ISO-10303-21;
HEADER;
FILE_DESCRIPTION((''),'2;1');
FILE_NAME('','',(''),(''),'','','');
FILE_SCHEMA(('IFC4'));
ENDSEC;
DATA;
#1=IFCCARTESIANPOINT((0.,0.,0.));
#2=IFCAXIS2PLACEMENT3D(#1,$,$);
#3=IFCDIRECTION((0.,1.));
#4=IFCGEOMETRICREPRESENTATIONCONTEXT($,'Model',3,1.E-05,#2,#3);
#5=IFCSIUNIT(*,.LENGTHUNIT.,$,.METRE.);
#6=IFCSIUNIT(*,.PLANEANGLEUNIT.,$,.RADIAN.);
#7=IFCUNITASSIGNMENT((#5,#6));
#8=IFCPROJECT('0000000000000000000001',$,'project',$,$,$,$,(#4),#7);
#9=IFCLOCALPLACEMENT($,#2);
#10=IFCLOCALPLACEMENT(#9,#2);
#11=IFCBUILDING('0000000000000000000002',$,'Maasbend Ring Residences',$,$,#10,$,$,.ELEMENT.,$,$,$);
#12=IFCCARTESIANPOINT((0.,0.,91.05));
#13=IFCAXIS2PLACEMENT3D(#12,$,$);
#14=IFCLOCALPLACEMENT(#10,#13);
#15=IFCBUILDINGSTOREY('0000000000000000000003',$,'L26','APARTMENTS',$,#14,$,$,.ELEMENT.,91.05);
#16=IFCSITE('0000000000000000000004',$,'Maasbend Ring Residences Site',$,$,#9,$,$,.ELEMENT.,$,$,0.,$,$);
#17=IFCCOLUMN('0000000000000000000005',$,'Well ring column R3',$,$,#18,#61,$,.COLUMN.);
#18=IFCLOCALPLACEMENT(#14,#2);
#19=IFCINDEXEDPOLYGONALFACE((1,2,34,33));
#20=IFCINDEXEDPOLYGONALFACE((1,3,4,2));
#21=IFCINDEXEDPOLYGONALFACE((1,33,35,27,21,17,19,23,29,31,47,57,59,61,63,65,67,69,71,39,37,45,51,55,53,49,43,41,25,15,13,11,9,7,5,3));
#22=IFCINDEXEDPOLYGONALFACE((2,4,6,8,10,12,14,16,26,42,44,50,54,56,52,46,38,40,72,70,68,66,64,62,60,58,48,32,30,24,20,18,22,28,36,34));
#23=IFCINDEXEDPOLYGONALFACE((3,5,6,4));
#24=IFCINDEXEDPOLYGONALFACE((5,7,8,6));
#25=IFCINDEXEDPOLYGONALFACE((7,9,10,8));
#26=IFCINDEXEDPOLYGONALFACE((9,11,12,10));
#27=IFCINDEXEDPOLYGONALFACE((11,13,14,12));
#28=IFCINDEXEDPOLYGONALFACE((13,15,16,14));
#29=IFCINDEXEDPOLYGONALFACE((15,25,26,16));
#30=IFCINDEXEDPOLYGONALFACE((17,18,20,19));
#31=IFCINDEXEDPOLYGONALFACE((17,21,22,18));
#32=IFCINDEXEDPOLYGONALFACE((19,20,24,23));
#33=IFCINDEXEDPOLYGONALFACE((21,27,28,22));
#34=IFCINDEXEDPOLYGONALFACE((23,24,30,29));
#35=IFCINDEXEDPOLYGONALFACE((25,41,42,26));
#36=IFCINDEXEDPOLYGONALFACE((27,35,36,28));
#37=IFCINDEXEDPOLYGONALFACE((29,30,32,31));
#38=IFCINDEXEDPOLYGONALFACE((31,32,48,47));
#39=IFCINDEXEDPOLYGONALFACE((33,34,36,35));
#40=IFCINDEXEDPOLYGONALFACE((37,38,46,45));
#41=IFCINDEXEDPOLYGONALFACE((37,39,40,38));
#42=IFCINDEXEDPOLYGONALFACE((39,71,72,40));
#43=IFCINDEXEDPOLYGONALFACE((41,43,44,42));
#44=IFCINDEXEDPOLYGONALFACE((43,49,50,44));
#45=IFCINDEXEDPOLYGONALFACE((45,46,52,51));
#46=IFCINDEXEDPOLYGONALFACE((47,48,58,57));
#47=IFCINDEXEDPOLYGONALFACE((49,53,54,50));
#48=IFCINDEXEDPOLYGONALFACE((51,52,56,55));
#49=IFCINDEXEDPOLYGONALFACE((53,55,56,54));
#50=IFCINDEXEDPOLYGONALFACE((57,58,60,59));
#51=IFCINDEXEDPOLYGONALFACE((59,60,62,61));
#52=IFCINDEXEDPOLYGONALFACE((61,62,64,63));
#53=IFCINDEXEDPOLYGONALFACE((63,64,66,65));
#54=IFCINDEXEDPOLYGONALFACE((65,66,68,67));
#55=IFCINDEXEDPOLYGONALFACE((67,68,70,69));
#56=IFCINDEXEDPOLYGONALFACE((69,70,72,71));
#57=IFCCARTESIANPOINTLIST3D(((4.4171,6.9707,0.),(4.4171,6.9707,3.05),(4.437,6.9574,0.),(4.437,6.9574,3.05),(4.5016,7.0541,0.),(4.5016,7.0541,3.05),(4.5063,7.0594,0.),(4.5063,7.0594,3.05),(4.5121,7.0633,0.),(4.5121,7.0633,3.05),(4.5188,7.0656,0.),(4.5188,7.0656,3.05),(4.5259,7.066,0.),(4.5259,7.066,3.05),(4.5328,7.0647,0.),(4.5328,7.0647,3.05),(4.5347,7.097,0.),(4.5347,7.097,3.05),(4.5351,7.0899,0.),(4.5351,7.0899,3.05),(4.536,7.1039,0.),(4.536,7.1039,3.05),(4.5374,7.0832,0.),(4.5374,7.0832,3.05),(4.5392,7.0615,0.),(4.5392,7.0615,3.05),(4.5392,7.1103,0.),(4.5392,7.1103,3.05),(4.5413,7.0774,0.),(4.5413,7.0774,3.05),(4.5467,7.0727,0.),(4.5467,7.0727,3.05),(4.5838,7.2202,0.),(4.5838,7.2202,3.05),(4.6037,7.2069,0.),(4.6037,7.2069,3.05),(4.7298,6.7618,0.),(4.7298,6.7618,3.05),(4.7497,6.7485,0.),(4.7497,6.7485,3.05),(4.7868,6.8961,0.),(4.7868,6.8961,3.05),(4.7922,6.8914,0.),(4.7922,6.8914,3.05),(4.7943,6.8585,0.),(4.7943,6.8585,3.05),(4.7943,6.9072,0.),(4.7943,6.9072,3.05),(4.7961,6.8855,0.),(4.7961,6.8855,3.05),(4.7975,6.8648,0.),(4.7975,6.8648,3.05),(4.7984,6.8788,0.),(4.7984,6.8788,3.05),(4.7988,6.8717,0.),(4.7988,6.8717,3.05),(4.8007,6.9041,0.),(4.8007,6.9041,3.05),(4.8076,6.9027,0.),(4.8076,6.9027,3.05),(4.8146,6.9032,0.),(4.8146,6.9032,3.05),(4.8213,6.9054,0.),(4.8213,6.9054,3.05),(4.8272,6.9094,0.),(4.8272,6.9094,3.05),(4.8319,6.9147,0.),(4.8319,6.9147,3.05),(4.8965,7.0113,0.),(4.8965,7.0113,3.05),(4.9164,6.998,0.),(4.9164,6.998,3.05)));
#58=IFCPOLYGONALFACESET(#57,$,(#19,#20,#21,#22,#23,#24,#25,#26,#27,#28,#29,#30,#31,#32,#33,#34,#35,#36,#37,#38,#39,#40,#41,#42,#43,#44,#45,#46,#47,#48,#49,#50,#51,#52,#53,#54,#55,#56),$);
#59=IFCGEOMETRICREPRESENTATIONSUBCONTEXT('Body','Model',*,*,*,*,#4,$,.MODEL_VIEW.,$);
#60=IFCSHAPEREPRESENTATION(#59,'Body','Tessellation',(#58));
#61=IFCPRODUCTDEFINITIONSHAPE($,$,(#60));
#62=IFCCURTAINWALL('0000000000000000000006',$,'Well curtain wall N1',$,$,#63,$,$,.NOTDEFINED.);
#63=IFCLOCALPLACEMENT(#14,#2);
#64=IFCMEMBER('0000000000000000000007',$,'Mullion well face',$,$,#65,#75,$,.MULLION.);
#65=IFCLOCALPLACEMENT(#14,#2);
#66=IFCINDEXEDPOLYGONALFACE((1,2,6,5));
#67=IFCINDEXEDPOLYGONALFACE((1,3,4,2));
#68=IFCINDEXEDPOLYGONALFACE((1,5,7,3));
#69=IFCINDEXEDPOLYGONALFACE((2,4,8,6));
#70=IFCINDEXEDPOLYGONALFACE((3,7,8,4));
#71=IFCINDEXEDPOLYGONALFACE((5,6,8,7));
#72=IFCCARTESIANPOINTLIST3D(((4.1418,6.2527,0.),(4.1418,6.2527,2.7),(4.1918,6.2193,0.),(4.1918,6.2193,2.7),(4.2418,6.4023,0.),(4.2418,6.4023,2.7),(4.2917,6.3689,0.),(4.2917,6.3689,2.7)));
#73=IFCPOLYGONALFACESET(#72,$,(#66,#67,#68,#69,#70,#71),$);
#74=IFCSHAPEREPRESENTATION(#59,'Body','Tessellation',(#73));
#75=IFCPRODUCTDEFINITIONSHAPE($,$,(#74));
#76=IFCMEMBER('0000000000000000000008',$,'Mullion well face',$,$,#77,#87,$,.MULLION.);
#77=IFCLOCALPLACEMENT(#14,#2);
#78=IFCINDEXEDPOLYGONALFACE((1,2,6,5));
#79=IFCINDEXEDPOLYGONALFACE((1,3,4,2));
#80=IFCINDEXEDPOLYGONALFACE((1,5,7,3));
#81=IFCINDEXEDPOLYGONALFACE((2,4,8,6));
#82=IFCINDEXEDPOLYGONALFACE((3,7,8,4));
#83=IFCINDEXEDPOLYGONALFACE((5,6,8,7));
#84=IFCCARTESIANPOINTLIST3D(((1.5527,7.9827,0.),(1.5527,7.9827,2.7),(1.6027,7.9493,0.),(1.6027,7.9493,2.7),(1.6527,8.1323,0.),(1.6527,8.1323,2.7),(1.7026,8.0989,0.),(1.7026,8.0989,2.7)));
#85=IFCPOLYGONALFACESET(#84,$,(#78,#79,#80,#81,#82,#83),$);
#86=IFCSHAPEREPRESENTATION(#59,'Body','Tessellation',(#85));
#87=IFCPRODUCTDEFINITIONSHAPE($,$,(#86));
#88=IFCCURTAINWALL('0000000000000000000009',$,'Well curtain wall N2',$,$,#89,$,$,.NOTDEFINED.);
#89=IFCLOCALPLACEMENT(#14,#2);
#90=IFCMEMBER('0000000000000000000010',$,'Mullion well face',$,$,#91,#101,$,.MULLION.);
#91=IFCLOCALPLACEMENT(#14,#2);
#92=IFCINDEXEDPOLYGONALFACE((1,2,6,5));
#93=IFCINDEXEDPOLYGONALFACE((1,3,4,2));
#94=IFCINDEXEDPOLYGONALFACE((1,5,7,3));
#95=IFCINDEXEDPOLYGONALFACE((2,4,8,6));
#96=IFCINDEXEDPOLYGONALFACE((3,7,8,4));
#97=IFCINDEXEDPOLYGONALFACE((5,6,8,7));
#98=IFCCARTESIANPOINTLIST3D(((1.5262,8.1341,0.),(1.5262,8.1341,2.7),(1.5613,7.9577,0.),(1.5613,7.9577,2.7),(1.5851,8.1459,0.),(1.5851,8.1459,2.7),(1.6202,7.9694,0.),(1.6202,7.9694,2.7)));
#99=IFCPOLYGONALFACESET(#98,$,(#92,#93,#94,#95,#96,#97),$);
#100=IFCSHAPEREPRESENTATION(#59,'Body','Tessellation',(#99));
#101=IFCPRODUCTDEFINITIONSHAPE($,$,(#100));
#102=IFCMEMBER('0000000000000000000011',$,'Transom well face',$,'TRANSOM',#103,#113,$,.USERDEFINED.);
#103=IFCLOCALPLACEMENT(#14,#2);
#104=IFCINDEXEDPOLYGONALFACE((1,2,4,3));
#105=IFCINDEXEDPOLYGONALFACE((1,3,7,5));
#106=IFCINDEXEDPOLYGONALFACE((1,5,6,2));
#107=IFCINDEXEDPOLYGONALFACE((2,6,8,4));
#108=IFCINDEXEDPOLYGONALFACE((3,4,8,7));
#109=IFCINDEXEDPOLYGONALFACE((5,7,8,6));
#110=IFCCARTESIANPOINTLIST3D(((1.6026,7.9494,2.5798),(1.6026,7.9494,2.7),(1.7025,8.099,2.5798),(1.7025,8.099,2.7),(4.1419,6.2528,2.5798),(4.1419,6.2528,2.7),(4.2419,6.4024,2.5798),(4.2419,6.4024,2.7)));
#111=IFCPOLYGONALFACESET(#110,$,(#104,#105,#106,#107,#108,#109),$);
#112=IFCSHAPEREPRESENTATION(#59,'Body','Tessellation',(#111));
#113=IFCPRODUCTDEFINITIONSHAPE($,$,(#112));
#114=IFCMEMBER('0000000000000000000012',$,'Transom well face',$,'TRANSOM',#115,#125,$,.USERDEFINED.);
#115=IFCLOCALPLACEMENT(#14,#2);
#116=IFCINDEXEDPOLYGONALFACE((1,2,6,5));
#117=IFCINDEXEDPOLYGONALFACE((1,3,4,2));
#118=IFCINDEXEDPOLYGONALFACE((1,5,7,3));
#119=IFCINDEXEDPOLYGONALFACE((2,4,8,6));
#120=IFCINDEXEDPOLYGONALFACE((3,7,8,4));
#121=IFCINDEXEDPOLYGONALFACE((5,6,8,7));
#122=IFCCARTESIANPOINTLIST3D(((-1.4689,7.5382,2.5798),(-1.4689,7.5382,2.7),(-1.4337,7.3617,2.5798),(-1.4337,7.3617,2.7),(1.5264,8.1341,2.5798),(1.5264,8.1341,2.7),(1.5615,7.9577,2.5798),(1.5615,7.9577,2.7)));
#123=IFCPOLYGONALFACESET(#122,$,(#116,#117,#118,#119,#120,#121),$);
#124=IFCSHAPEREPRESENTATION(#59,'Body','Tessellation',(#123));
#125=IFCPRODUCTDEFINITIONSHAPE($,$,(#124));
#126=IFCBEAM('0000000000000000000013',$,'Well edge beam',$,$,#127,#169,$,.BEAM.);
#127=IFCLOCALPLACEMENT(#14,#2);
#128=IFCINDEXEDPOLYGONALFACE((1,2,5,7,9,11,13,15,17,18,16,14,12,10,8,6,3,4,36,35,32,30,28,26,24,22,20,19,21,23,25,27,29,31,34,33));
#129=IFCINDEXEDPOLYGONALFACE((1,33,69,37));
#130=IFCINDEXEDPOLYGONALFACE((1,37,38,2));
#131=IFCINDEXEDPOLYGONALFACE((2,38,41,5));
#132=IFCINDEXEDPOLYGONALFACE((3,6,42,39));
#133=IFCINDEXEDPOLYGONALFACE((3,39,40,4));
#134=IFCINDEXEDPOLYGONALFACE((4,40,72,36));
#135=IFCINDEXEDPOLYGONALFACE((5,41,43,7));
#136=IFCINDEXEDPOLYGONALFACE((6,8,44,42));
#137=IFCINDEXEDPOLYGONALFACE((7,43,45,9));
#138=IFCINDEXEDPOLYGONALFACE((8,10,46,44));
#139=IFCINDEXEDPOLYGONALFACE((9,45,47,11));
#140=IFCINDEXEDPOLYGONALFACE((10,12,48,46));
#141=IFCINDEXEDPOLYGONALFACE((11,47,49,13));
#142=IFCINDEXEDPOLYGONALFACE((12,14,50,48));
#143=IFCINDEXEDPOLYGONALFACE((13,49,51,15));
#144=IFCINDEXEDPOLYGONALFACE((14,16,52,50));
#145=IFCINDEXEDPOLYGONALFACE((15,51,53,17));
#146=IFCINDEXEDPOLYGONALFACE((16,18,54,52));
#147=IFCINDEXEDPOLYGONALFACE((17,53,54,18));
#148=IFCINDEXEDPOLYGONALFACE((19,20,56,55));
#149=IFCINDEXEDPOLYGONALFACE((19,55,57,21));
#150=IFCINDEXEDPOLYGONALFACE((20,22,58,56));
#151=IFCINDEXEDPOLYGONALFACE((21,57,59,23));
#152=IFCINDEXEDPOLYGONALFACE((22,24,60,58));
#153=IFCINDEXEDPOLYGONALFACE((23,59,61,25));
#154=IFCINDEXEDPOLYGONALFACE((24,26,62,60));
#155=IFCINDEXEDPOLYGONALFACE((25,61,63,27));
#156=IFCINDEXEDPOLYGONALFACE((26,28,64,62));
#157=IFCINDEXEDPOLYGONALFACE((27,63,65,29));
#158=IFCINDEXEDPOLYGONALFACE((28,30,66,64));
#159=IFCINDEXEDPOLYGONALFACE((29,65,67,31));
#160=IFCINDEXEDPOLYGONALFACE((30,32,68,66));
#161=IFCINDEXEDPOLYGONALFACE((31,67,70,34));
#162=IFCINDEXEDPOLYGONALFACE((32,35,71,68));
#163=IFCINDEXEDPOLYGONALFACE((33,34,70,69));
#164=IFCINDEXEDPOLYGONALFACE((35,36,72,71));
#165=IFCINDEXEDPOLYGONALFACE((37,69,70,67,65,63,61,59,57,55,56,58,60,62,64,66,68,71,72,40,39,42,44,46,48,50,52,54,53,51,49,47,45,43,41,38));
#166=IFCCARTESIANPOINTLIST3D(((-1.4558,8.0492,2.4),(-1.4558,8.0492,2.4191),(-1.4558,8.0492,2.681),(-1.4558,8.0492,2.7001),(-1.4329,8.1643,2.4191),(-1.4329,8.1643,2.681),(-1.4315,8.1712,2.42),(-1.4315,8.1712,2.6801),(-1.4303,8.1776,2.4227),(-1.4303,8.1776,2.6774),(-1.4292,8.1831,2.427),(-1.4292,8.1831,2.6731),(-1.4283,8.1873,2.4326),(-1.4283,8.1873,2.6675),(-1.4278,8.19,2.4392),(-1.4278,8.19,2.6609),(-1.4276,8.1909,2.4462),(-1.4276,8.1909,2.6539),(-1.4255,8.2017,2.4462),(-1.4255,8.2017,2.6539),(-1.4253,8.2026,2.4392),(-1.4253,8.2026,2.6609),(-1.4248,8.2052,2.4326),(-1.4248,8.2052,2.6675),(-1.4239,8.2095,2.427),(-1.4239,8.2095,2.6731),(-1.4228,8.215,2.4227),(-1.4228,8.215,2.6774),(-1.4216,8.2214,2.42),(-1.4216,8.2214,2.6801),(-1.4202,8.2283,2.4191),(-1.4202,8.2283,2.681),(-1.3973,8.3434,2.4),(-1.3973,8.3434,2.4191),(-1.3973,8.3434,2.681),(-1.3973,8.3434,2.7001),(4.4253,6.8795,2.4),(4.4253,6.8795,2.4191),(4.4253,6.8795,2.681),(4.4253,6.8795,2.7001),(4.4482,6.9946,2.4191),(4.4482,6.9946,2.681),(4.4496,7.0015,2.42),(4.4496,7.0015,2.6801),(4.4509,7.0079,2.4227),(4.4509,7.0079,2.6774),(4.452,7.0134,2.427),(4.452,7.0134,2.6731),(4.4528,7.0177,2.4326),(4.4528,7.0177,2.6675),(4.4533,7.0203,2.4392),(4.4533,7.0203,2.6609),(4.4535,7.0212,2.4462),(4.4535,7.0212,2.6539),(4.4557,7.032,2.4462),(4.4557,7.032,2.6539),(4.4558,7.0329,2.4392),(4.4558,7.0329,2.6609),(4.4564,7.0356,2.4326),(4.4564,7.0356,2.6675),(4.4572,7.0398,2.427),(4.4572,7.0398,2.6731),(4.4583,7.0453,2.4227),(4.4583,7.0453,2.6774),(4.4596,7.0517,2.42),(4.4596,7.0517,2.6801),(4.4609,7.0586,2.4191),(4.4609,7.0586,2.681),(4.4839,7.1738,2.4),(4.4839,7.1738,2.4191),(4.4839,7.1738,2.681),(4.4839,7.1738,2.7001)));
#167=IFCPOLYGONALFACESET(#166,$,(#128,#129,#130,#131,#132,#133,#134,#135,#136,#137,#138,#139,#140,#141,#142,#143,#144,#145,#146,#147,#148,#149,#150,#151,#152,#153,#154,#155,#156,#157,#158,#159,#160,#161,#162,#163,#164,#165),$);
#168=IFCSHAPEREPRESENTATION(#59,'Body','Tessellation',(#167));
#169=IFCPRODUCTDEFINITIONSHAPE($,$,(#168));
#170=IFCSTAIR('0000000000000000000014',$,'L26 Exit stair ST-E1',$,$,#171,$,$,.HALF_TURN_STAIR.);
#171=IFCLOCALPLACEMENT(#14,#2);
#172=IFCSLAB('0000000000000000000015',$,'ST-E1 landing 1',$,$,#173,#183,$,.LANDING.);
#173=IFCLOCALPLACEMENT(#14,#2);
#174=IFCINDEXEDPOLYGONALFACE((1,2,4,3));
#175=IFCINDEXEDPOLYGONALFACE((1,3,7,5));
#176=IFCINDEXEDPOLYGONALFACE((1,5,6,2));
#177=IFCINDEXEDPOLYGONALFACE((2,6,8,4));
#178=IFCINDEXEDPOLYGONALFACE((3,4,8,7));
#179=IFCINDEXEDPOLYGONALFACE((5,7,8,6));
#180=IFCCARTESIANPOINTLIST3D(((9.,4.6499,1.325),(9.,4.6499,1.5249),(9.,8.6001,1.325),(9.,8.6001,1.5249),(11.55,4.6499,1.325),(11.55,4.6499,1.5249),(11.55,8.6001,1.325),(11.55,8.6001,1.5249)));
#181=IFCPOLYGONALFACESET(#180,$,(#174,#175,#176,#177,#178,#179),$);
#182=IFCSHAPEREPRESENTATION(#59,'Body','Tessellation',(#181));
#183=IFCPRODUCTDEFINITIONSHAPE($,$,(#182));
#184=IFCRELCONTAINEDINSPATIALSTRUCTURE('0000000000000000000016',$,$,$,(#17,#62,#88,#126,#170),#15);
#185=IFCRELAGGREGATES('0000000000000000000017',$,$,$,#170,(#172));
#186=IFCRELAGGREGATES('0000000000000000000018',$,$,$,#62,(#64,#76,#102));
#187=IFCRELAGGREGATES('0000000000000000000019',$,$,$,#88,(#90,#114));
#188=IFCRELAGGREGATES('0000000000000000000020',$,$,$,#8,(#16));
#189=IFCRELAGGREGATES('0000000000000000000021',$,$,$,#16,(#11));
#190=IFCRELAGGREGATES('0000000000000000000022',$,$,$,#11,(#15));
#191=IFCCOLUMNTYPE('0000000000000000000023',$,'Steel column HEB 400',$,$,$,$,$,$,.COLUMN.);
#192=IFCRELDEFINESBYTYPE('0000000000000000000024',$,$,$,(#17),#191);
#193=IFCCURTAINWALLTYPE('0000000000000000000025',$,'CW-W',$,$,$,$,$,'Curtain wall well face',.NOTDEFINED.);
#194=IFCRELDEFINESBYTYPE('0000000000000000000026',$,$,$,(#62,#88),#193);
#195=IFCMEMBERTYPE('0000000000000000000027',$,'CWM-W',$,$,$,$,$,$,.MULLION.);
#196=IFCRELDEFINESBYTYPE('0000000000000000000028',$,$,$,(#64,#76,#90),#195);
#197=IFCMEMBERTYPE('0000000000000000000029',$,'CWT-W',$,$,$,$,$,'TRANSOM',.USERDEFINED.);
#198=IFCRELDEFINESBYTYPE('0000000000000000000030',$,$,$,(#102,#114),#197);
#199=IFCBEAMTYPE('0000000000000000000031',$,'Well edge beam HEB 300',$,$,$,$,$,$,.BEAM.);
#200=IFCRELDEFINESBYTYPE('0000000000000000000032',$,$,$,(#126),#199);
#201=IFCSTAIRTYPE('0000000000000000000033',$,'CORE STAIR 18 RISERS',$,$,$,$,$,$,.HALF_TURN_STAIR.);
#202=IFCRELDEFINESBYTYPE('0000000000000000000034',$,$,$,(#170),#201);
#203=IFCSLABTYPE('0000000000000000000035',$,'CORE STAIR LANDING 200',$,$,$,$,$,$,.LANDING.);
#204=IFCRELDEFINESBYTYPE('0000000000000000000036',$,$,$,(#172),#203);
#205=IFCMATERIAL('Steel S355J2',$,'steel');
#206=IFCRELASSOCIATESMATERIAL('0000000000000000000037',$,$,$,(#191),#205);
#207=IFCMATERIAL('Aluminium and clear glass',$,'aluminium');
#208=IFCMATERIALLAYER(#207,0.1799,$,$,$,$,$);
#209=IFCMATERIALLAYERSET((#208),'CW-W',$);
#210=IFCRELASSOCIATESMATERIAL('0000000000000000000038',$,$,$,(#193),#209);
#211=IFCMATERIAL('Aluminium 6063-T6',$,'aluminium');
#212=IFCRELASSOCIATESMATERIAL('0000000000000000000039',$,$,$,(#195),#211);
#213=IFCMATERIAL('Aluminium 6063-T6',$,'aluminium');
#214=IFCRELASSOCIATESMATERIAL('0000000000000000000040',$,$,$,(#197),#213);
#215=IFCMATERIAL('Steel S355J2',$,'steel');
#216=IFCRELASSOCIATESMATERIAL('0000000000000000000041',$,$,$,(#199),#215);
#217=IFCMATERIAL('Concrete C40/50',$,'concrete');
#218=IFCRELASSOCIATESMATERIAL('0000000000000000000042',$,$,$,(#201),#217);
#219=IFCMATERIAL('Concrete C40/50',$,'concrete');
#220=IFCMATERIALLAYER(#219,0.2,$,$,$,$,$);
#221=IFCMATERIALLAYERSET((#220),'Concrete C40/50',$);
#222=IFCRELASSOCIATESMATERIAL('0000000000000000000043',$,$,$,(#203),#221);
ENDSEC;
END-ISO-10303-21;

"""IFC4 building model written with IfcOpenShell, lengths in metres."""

from ifc_helpers import new_model, si_unit, direction, frame, origin, origin_2d, place, context, subcontext, project, spatial, polyline, rectangle, i_section, outline, extrude, material, layer, layer_set, material_profile, profile_set, type_object, element, aggregate, save


model = new_model("IFC4")

# Units and contexts
model_context = context("Model", 3, precision=1e-05, world=origin(), true_north=direction((0.0, 1.0)))
body_context = subcontext(model_context, "Body", "Model", "MODEL_VIEW")
ifc_project = project(units=[si_unit("LENGTHUNIT", "METRE"), si_unit("PLANEANGLEUNIT", "RADIAN")], contexts=[model_context])

# Site, building, storey
site_placement = place(None, origin())
site = spatial("IfcSite", under=ifc_project, at=site_placement, Name="Maasbend Ring Residences Site", CompositionType="ELEMENT", RefElevation=0.0)
building_placement = place(site_placement, origin())
building = spatial("IfcBuilding", under=site, at=building_placement, Name="Maasbend Ring Residences", CompositionType="ELEMENT")
storey_placement = place(building_placement, frame((0.0, 0.0, 91.05)))
storey = spatial("IfcBuildingStorey", under=building, at=storey_placement, Name="L26", Description="APARTMENTS", CompositionType="ELEMENT", Elevation=91.05)

# Column
ifc_material_1 = material(Name="Steel S355J2", Category="steel")
ifc_material_profile_1 = material_profile(ifc_material_1, i_section(OverallWidth=0.3, OverallDepth=0.3999, WebThickness=0.0134, FlangeThickness=0.0239, FilletRadius=0.0271, at=origin_2d()), Name="HEB 400")
ifc_profile_set_1 = profile_set([ifc_material_profile_1], Name="Steel S355J2")
column_type = type_object("IfcColumnType", Name="Steel column HEB 400", PredefinedType="COLUMN", material=ifc_profile_set_1)
column_placement = place(storey_placement, frame((4.6667, 6.9844, 0.0), z_axis=(0.0, 0.0, 1.0), x_axis=(0.55557, 0.83147, 0.0)))
element("IfcColumn", 1, at=column_placement, inside=storey, type_object=column_type, Name="Well ring column R3", PredefinedType="COLUMN", context=body_context, shape_type="SweptSolid", body=[
    extrude(i_section(OverallWidth=0.3, OverallDepth=0.3999, WebThickness=0.0134, FlangeThickness=0.0239, FilletRadius=0.0271, at=origin_2d()), origin(), (0.0, 0.0, 1.0), 3.05),
])

# Curtain wall, members
ifc_material_2 = material(Name="Aluminium and clear glass", Category="aluminium")
ifc_layer_1 = layer(ifc_material_2, 0.1799)
ifc_layer_set_1 = layer_set([ifc_layer_1], Name="CW-W")
curtain_wall_type = type_object("IfcCurtainWallType", Name="CW-W", ElementType="Curtain wall well face", PredefinedType="NOTDEFINED", material=ifc_layer_set_1)
curtain_wall_1_placement = place(storey_placement, origin())
curtain_wall_1 = element("IfcCurtainWall", 2, at=curtain_wall_1_placement, inside=storey, type_object=curtain_wall_type, Name="Well curtain wall N1", PredefinedType="NOTDEFINED")
ifc_material_3 = material(Name="Aluminium 6063-T6", Category="aluminium")
ifc_material_profile_2 = material_profile(ifc_material_3, rectangle(XDim=0.1799, YDim=0.0601, at=origin_2d()), Name="AL 180x60")
ifc_profile_set_2 = profile_set([ifc_material_profile_2], Name="Aluminium 6063-T6")
member_type_1 = type_object("IfcMemberType", Name="CWM-W", PredefinedType="MULLION", material=ifc_profile_set_2)
member_1_placement = place(storey_placement, frame((4.2168, 6.3108, 0.0), z_axis=(0.0, 0.0, 1.0), x_axis=(-0.55557, -0.83147, 0.0)))
member_1 = element("IfcMember", 3, at=member_1_placement, type_object=member_type_1, Name="Mullion well face", PredefinedType="MULLION", context=body_context, shape_type="SweptSolid", body=[
    extrude(rectangle(XDim=0.1799, YDim=0.0601, at=origin_2d()), origin(), (0.0, 0.0, 1.0), 2.7),
])
member_2_placement = place(storey_placement, frame((1.6277, 8.0408, 0.0), z_axis=(0.0, 0.0, 1.0), x_axis=(-0.55557, -0.83147, 0.0)))
member_2 = element("IfcMember", 4, at=member_2_placement, type_object=member_type_1, Name="Mullion well face", PredefinedType="MULLION", context=body_context, shape_type="SweptSolid", body=[
    extrude(rectangle(XDim=0.1799, YDim=0.0601, at=origin_2d()), origin(), (0.0, 0.0, 1.0), 2.7),
])

# Curtain wall, member
curtain_wall_2_placement = place(storey_placement, origin())
curtain_wall_2 = element("IfcCurtainWall", 5, at=curtain_wall_2_placement, inside=storey, type_object=curtain_wall_type, Name="Well curtain wall N2", PredefinedType="NOTDEFINED")
member_3_placement = place(storey_placement, frame((1.5732, 8.0518, 0.0), z_axis=(0.0, 0.0, 1.0), x_axis=(0.19509, -0.980785, 0.0)))
member_3 = element("IfcMember", 6, at=member_3_placement, type_object=member_type_1, Name="Mullion well face", PredefinedType="MULLION", context=body_context, shape_type="SweptSolid", body=[
    extrude(rectangle(XDim=0.1799, YDim=0.0601, at=origin_2d()), origin(), (0.0, 0.0, 1.0), 2.7),
])

# Members
ifc_material_4 = material(Name="Aluminium 6063-T6", Category="aluminium")
ifc_material_profile_3 = material_profile(ifc_material_4, rectangle(XDim=0.1799, YDim=0.1201, at=origin_2d()), Name="AL 180x120")
ifc_profile_set_3 = profile_set([ifc_material_profile_3], Name="Aluminium 6063-T6")
member_type_2 = type_object("IfcMemberType", Name="CWT-W", ElementType="TRANSOM", PredefinedType="USERDEFINED", material=ifc_profile_set_3)
member_4_placement = place(storey_placement, frame((4.1919, 6.3276, 2.6399), z_axis=(-0.831496, 0.55553, 0.0), x_axis=(-0.55553, -0.831496, 0.0)))
member_4 = element("IfcMember", 7, at=member_4_placement, type_object=member_type_2, Name="Transom well face", ObjectType="TRANSOM", PredefinedType="USERDEFINED", context=body_context, shape_type="SweptSolid", body=[
    extrude(rectangle(XDim=0.1799, YDim=0.1201, at=origin_2d()), origin(), (0.0, 0.0, 1.0), 3.054),
])
member_5_placement = place(storey_placement, frame((1.5439, 8.0459, 2.6399), z_axis=(-0.980777, -0.195132, 0.0), x_axis=(0.195132, -0.980777, 0.0)))
member_5 = element("IfcMember", 8, at=member_5_placement, type_object=member_type_2, Name="Transom well face", ObjectType="TRANSOM", PredefinedType="USERDEFINED", context=body_context, shape_type="SweptSolid", body=[
    extrude(rectangle(XDim=0.1799, YDim=0.1201, at=origin_2d()), origin(), (0.0, 0.0, 1.0), 3.054),
])

# Beam
ifc_material_5 = material(Name="Steel S355J2", Category="steel")
ifc_material_profile_4 = material_profile(ifc_material_5, i_section(OverallWidth=0.3, OverallDepth=0.3, WebThickness=0.011, FlangeThickness=0.019, FilletRadius=0.0271, at=origin_2d()), Name="HEB 300")
ifc_profile_set_4 = profile_set([ifc_material_profile_4], Name="Steel S355J2")
beam_type = type_object("IfcBeamType", Name="Well edge beam HEB 300", PredefinedType="BEAM", material=ifc_profile_set_4)
beam_placement = place(storey_placement, frame((4.4546, 7.0266, 2.55), z_axis=(-0.98079, 0.195067, 0.0), x_axis=(-0.195067, -0.98079, 0.0)))
element("IfcBeam", 9, at=beam_placement, inside=storey, type_object=beam_type, Name="Well edge beam", PredefinedType="BEAM", context=body_context, shape_type="SweptSolid", body=[
    extrude(i_section(OverallWidth=0.3, OverallDepth=0.3, WebThickness=0.011, FlangeThickness=0.019, FilletRadius=0.0271, at=origin_2d()), origin(), (0.0, 0.0, 1.0), 5.9963),
])

# Stair, slab
ifc_material_6 = material(Name="Concrete C40/50", Category="concrete")
stair_type = type_object("IfcStairType", Name="CORE STAIR 18 RISERS", PredefinedType="HALF_TURN_STAIR", material=ifc_material_6)
stair_1_placement = place(storey_placement, origin())
stair_1 = element("IfcStair", 10, at=stair_1_placement, inside=storey, type_object=stair_type, Name="L26 Exit stair ST-E1", PredefinedType="HALF_TURN_STAIR")
ifc_material_7 = material(Name="Concrete C40/50", Category="concrete")
ifc_layer_2 = layer(ifc_material_7, 0.2)
ifc_layer_set_2 = layer_set([ifc_layer_2], Name="Concrete C40/50")
slab_type = type_object("IfcSlabType", Name="CORE STAIR LANDING 200", PredefinedType="LANDING", material=ifc_layer_set_2)
slab_1_placement = place(storey_placement, frame((0.0, 0.0, 1.325)))
slab_1 = element("IfcSlab", 11, at=slab_1_placement, type_object=slab_type, Name="ST-E1 landing 1", PredefinedType="LANDING", context=body_context, shape_type="SweptSolid", body=[
    extrude(outline(polyline([(11.55, 8.6001), (9.0, 8.6001), (9.0, 4.6499), (11.55, 4.6499), (11.55, 8.6001)])), origin(), (0.0, 0.0, 1.0), 0.2),
])
aggregate(stair_1, [slab_1])

aggregate(curtain_wall_1, [member_1, member_2, member_4])
aggregate(curtain_wall_2, [member_3, member_5])

save(model, "model.ifc")
